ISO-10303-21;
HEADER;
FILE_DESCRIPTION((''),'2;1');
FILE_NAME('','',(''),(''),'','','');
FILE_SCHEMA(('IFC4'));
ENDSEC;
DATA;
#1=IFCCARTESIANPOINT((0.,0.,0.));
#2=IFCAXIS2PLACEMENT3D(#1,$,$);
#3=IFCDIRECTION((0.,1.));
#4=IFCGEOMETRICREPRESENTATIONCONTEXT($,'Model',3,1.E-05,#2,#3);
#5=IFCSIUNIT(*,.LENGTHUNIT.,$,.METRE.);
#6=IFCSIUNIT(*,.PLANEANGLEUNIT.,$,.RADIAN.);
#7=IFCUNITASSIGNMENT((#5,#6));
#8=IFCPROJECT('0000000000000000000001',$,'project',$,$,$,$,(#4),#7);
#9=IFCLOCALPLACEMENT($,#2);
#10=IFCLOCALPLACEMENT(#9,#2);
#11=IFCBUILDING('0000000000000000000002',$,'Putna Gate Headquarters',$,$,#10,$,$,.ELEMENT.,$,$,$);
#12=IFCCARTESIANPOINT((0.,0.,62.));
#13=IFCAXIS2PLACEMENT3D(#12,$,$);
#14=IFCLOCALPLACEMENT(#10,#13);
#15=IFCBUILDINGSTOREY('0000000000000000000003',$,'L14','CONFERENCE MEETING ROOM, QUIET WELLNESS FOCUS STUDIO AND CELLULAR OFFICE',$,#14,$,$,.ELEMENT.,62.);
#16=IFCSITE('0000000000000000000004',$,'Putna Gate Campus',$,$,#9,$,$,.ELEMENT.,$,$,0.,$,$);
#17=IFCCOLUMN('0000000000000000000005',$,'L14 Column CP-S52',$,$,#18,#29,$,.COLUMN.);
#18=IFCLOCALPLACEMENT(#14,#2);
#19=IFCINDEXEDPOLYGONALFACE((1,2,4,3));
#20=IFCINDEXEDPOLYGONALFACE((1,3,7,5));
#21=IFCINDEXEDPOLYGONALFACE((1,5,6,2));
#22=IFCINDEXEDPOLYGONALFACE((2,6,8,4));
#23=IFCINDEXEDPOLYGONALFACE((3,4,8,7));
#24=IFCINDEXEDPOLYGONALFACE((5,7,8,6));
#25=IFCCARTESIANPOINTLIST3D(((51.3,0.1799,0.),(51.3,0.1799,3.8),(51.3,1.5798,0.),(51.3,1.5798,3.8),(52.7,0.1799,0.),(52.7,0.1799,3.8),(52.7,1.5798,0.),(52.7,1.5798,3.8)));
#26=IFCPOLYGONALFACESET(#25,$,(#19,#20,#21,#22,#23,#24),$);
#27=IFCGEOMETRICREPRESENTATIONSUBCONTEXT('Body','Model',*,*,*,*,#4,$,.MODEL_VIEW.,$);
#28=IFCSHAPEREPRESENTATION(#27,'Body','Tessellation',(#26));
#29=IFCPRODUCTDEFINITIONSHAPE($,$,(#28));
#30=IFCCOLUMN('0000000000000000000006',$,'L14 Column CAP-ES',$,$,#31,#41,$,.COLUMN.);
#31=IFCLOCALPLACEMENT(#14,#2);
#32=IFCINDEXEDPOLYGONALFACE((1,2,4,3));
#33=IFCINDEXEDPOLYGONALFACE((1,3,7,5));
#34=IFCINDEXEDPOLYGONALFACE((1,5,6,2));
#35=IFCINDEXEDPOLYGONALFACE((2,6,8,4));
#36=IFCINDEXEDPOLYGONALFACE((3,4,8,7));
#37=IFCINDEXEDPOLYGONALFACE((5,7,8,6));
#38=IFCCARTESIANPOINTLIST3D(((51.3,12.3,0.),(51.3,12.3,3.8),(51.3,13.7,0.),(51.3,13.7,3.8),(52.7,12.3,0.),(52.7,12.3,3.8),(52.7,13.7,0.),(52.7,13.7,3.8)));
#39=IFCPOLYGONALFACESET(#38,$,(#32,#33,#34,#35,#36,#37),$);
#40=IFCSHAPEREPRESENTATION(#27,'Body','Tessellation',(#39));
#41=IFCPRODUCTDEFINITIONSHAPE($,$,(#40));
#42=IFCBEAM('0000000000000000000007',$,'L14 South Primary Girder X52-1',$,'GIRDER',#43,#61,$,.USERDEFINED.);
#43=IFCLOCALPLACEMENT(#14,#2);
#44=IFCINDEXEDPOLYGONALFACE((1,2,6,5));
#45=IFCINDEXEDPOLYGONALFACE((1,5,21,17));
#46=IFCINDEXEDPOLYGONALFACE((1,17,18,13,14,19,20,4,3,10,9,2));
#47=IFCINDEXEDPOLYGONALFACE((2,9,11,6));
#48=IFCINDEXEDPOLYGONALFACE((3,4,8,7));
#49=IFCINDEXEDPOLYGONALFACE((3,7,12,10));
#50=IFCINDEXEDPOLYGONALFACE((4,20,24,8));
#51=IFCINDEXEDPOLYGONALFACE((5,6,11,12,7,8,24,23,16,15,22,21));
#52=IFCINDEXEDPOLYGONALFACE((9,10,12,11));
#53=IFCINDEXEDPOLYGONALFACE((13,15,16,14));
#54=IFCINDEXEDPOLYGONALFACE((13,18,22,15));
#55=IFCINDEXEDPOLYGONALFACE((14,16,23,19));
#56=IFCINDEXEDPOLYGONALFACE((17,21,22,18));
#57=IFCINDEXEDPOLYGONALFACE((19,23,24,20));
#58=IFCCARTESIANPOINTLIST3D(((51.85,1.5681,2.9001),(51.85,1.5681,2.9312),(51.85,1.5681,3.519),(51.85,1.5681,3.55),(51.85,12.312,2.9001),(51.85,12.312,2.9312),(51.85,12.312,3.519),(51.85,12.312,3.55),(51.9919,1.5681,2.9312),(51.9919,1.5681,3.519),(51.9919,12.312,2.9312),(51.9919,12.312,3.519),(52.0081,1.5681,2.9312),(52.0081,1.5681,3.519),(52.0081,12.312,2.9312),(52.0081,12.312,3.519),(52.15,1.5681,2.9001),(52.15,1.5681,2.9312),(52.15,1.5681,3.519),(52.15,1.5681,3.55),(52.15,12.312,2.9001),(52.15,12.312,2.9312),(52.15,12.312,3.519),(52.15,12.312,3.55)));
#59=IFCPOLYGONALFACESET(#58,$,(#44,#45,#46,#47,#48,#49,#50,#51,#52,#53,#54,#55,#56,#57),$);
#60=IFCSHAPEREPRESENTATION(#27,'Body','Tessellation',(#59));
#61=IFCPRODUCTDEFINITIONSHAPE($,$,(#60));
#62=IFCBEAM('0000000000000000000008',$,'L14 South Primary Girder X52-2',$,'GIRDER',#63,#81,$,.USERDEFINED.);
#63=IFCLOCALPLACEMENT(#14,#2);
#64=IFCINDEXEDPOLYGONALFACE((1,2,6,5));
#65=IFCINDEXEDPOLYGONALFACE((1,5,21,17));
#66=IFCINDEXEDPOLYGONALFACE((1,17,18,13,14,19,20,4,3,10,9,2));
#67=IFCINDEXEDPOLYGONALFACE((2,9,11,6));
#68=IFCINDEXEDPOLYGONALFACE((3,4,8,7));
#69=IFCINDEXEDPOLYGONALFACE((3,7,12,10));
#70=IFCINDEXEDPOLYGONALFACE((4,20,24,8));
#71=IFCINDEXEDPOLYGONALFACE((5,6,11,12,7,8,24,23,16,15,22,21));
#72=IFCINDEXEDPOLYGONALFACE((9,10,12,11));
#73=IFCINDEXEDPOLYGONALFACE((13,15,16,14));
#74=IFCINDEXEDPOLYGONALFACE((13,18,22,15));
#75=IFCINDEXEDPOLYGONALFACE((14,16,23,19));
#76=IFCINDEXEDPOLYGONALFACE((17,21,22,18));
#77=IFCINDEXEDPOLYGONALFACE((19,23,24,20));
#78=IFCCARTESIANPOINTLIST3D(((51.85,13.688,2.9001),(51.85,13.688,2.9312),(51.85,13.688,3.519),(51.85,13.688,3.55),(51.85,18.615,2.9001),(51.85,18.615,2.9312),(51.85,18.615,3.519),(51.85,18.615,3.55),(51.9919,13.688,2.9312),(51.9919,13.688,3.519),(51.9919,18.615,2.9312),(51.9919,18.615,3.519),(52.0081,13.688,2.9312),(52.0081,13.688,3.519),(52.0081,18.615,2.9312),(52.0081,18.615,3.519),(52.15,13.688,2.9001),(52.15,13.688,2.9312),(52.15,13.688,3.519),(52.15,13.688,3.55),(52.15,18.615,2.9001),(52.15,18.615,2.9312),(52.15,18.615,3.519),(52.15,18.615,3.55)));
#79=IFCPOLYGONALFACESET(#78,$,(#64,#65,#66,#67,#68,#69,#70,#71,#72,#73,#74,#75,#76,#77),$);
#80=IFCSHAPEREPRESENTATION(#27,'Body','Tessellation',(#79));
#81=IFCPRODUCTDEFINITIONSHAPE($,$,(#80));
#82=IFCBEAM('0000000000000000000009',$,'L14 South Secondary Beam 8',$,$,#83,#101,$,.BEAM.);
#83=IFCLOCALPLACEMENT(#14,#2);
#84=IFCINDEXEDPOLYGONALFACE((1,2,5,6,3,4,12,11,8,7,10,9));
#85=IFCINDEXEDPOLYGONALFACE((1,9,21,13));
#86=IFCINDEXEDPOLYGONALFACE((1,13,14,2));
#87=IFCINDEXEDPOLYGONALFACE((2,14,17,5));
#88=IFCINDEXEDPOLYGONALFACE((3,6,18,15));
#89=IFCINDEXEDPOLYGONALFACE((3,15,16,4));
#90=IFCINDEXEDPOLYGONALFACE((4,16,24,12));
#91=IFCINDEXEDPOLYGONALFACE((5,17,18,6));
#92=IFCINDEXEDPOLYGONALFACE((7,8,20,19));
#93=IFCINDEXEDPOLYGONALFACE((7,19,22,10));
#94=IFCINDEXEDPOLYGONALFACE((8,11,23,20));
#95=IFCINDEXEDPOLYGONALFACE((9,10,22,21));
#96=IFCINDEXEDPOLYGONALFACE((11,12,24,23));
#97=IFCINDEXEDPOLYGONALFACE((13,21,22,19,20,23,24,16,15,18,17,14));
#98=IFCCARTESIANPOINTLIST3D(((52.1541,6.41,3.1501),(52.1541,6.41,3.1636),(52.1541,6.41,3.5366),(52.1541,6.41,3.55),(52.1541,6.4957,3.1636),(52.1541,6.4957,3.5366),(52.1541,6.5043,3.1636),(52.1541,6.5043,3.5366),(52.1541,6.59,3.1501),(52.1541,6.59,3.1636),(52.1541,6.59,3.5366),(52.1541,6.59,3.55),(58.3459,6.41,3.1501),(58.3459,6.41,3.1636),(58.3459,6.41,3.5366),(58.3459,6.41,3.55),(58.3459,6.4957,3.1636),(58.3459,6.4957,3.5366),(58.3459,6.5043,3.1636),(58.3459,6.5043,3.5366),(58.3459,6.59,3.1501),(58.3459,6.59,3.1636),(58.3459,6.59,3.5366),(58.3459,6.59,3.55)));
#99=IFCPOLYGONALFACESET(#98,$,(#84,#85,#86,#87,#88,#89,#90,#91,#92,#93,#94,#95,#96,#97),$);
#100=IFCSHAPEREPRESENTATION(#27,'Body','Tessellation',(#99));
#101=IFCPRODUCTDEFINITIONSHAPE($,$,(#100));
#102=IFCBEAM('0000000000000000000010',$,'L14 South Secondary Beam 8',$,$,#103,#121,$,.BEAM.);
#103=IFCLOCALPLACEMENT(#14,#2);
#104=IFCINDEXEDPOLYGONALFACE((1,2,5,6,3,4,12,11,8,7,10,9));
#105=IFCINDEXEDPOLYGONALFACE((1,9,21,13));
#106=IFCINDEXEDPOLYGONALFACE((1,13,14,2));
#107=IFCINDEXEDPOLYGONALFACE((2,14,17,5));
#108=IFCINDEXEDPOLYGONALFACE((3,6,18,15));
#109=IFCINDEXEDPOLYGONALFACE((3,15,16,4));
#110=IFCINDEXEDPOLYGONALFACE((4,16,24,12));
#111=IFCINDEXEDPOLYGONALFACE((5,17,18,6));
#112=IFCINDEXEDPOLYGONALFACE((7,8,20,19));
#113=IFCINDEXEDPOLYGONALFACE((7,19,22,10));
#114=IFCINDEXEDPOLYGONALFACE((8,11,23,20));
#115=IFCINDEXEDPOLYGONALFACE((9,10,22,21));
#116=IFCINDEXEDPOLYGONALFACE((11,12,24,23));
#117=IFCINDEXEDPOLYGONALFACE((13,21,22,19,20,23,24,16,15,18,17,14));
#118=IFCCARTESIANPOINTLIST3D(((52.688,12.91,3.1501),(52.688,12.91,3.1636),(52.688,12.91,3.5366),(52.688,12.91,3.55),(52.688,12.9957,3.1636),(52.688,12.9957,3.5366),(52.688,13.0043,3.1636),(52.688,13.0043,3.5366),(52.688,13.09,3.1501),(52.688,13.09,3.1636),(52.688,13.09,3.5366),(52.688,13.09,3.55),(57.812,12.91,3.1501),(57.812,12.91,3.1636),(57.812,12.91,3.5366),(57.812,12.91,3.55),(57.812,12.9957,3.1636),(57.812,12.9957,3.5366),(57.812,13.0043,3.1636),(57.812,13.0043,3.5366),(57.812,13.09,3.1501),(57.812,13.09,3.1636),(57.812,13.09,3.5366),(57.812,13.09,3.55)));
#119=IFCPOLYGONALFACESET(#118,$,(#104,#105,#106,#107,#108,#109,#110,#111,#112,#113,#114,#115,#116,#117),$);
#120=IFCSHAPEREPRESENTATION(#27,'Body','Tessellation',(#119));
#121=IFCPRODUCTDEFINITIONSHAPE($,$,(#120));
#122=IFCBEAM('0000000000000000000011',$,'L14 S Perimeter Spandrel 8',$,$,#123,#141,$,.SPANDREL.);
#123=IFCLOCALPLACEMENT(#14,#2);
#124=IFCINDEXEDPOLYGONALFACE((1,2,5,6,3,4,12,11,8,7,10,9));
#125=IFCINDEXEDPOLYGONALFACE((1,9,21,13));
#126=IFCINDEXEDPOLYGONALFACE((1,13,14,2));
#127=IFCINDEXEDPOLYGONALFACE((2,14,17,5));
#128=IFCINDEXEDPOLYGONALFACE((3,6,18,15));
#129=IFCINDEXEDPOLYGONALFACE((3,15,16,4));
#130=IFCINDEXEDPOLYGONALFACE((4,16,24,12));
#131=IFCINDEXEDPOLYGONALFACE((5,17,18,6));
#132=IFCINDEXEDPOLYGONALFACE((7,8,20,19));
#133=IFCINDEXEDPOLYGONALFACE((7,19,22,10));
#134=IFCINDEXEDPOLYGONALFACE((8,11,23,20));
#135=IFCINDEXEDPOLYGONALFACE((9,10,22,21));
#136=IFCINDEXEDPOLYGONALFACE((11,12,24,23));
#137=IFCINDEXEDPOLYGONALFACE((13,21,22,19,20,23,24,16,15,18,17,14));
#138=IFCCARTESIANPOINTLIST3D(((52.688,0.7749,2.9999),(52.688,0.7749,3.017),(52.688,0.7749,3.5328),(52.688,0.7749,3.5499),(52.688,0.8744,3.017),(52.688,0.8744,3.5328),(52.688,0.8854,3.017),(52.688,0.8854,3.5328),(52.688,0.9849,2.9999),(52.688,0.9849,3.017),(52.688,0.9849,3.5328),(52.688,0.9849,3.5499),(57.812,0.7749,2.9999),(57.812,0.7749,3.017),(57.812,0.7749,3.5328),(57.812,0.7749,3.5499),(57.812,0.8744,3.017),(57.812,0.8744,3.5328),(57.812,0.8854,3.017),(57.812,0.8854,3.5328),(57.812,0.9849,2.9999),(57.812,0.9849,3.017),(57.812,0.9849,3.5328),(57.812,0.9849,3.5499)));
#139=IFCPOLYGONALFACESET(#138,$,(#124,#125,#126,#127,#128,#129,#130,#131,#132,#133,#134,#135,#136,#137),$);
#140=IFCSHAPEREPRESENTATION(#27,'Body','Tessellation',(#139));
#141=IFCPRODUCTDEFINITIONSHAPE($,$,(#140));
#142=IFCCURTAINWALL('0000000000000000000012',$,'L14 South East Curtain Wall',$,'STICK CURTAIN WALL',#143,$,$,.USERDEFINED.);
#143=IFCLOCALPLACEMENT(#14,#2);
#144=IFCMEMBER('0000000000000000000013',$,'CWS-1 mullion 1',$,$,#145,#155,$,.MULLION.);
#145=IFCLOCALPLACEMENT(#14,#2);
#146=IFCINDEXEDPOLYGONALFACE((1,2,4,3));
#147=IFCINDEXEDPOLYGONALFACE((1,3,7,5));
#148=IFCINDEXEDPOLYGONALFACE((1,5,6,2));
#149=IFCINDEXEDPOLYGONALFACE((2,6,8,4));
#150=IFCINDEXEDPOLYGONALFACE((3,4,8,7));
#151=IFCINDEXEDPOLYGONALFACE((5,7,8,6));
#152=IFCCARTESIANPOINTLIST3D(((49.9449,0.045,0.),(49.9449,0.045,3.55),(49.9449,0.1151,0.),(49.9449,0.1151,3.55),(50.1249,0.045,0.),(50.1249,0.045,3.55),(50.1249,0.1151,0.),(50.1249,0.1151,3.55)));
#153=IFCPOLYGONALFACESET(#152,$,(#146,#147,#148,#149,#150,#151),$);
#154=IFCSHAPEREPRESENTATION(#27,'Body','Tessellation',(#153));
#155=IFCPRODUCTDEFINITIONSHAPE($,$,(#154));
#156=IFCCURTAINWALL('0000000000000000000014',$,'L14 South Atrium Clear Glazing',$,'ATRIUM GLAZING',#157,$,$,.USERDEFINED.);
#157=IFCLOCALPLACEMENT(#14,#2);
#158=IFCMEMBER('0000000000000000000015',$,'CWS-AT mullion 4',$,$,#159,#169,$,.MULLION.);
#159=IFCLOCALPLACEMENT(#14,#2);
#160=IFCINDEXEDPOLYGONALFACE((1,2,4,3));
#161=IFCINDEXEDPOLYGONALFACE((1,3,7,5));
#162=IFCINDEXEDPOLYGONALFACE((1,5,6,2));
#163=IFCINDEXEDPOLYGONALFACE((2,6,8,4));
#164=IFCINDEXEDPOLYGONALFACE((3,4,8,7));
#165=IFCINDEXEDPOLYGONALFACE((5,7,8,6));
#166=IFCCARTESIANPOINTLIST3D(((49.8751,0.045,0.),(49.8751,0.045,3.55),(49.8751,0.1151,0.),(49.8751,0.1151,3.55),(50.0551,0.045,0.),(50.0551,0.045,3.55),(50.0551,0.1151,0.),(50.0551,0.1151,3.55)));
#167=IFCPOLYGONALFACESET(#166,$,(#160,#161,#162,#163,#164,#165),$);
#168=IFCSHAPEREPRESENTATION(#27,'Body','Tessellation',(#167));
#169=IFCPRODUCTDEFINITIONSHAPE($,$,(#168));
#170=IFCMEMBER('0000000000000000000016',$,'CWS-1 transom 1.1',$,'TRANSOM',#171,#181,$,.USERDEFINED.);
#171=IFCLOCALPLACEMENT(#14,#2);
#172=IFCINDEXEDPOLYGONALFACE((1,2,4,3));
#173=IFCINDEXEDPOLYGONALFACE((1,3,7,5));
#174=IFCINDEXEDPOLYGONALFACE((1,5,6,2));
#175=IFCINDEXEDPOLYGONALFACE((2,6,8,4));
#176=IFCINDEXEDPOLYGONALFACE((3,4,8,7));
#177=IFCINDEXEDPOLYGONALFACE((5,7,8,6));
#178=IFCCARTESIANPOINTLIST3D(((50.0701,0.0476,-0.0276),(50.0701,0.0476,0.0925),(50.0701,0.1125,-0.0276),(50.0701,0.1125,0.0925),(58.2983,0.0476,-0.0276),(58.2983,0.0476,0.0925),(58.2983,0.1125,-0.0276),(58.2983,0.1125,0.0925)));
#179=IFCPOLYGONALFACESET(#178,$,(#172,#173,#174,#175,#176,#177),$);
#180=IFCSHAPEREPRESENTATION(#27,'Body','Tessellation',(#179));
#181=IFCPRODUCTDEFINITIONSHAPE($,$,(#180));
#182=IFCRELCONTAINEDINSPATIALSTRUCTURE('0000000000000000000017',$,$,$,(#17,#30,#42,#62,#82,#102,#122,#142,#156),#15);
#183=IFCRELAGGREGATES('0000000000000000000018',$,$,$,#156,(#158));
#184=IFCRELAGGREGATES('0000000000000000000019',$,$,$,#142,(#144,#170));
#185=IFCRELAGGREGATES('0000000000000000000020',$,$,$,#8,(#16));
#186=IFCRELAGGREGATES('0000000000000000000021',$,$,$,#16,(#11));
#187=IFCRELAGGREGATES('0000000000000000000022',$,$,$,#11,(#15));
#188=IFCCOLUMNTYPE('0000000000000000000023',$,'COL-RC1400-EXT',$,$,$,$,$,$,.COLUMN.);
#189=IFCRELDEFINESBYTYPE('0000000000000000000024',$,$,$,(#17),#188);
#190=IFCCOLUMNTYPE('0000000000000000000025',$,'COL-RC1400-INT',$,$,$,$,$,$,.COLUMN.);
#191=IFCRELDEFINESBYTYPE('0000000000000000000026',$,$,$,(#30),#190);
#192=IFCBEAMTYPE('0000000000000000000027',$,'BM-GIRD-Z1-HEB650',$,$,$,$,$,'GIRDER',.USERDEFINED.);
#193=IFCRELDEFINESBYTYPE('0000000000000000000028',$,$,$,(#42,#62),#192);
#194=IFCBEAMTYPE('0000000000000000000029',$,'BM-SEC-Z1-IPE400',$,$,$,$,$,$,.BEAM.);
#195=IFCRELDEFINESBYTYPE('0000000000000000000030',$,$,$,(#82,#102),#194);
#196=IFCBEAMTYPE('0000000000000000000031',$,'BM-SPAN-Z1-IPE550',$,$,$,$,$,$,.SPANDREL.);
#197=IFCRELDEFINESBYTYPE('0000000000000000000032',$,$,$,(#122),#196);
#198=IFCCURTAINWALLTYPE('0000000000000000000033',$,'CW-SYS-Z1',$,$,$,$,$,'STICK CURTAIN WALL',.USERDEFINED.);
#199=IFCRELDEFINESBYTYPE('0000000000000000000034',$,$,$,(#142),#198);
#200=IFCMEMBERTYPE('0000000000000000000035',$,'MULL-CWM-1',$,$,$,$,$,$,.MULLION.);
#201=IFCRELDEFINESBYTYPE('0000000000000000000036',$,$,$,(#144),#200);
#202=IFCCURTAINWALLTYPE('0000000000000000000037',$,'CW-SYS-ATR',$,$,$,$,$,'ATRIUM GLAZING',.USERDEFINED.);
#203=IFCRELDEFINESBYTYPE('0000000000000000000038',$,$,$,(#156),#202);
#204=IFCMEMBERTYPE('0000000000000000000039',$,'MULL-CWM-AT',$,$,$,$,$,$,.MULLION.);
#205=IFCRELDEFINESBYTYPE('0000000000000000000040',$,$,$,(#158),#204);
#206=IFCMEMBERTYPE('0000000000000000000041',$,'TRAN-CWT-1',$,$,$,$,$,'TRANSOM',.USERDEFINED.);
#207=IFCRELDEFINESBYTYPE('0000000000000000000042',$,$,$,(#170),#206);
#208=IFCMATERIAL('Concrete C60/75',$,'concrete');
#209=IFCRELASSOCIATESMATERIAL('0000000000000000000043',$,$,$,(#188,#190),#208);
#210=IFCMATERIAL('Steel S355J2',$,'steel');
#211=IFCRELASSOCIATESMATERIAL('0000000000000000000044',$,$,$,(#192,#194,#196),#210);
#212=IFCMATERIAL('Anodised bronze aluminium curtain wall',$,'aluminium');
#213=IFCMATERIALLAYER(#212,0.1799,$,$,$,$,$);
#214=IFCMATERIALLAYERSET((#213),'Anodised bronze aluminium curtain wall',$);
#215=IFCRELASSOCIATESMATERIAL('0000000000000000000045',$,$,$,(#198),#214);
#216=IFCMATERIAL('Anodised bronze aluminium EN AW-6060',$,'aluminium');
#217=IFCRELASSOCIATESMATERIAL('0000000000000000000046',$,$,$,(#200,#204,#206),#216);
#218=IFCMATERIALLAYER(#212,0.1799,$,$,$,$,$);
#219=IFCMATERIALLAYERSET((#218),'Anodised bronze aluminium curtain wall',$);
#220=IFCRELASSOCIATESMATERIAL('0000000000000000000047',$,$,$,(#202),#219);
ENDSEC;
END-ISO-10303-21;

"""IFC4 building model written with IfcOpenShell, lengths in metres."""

from ifc_helpers import new_model, si_unit, direction, frame, origin, origin_2d, place, context, subcontext, project, spatial, rectangle, i_section, extrude, material, layer, layer_set, material_profile, profile_set, type_object, element, aggregate, save


model = new_model("IFC4")

# Units and contexts
model_context = context("Model", 3, precision=1e-05, world=origin(), true_north=direction((0.0, 1.0)))
body_context = subcontext(model_context, "Body", "Model", "MODEL_VIEW")
ifc_project = project(units=[si_unit("LENGTHUNIT", "METRE"), si_unit("PLANEANGLEUNIT", "RADIAN")], contexts=[model_context])

# Site, building, storey
site_placement = place(None, origin())
site = spatial("IfcSite", under=ifc_project, at=site_placement, Name="Putna Gate Campus", CompositionType="ELEMENT", RefElevation=0.0)
building_placement = place(site_placement, origin())
building = spatial("IfcBuilding", under=site, at=building_placement, Name="Putna Gate Headquarters", CompositionType="ELEMENT")
storey_placement = place(building_placement, frame((0.0, 0.0, 62.0)))
storey = spatial("IfcBuildingStorey", under=building, at=storey_placement, Name="L14", Description="CONFERENCE MEETING ROOM, QUIET WELLNESS FOCUS STUDIO AND CELLULAR OFFICE", CompositionType="ELEMENT", Elevation=62.0)

# Columns
ifc_material_1 = material(Name="Concrete C60/75", Category="concrete")
ifc_material_profile_1 = material_profile(ifc_material_1, rectangle(XDim=1.3999, YDim=1.3999, at=origin_2d()), Name="Concrete C60/75")
ifc_profile_set_1 = profile_set([ifc_material_profile_1], Name="Concrete C60/75")
column_type_1 = type_object("IfcColumnType", Name="COL-RC1400-EXT", PredefinedType="COLUMN", material=ifc_profile_set_1)
column_1_placement = place(storey_placement, frame((52.0, 0.8799, 0.0), z_axis=(0.0, 0.0, 1.0), x_axis=(1.0, 0.0, 0.0)))
element("IfcColumn", 1, at=column_1_placement, inside=storey, type_object=column_type_1, Name="L14 Column CP-S52", PredefinedType="COLUMN", context=body_context, shape_type="SweptSolid", body=[
    extrude(rectangle(XDim=1.3999, YDim=1.3999, at=origin_2d()), origin(), (0.0, 0.0, 1.0), 3.8),
])
ifc_material_profile_2 = material_profile(ifc_material_1, rectangle(XDim=1.3999, YDim=1.3999, at=origin_2d()), Name="Concrete C60/75")
ifc_profile_set_2 = profile_set([ifc_material_profile_2], Name="Concrete C60/75")
column_type_2 = type_object("IfcColumnType", Name="COL-RC1400-INT", PredefinedType="COLUMN", material=ifc_profile_set_2)
column_2_placement = place(storey_placement, frame((52.0, 13.0, 0.0), z_axis=(0.0, 0.0, 1.0), x_axis=(1.0, 0.0, 0.0)))
element("IfcColumn", 2, at=column_2_placement, inside=storey, type_object=column_type_2, Name="L14 Column CAP-ES", PredefinedType="COLUMN", context=body_context, shape_type="SweptSolid", body=[
    extrude(rectangle(XDim=1.3999, YDim=1.3999, at=origin_2d()), origin(), (0.0, 0.0, 1.0), 3.8),
])

# Beams
ifc_material_2 = material(Name="Steel S355J2", Category="steel")
ifc_material_profile_3 = material_profile(ifc_material_2, i_section(OverallWidth=0.3, OverallDepth=0.6499, WebThickness=0.0161, FlangeThickness=0.031, at=origin_2d()), Name="Steel S355J2")
ifc_profile_set_3 = profile_set([ifc_material_profile_3], Name="Steel S355J2")
beam_type_1 = type_object("IfcBeamType", Name="BM-GIRD-Z1-HEB650", ElementType="GIRDER", PredefinedType="USERDEFINED", material=ifc_profile_set_3)
beam_1_placement = place(storey_placement, frame((52.0, 1.5681, 3.2251), z_axis=(0.0, 1.0, 0.0), x_axis=(-1.0, 0.0, 0.0)))
element("IfcBeam", 3, at=beam_1_placement, inside=storey, type_object=beam_type_1, Name="L14 South Primary Girder X52-1", ObjectType="GIRDER", PredefinedType="USERDEFINED", context=body_context, shape_type="SweptSolid", body=[
    extrude(i_section(OverallWidth=0.3, OverallDepth=0.6499, WebThickness=0.0161, FlangeThickness=0.031, at=origin_2d()), origin(), (0.0, 0.0, 1.0), 10.7439),
])
beam_2_placement = place(storey_placement, frame((52.0, 13.688, 3.2251), z_axis=(0.0, 1.0, 0.0), x_axis=(-1.0, 0.0, 0.0)))
element("IfcBeam", 4, at=beam_2_placement, inside=storey, type_object=beam_type_1, Name="L14 South Primary Girder X52-2", ObjectType="GIRDER", PredefinedType="USERDEFINED", context=body_context, shape_type="SweptSolid", body=[
    extrude(i_section(OverallWidth=0.3, OverallDepth=0.6499, WebThickness=0.0161, FlangeThickness=0.031, at=origin_2d()), origin(), (0.0, 0.0, 1.0), 4.927),
])
ifc_material_profile_4 = material_profile(ifc_material_2, i_section(OverallWidth=0.1799, OverallDepth=0.3999, WebThickness=0.0085, FlangeThickness=0.0134, at=origin_2d()), Name="Steel S355J2")
ifc_profile_set_4 = profile_set([ifc_material_profile_4], Name="Steel S355J2")
beam_type_2 = type_object("IfcBeamType", Name="BM-SEC-Z1-IPE400", PredefinedType="BEAM", material=ifc_profile_set_4)
beam_3_placement = place(storey_placement, frame((52.1541, 6.5, 3.3501), z_axis=(1.0, 0.0, 0.0), x_axis=(0.0, 1.0, 0.0)))
element("IfcBeam", 5, at=beam_3_placement, inside=storey, type_object=beam_type_2, Name="L14 South Secondary Beam 8", PredefinedType="BEAM", context=body_context, shape_type="SweptSolid", body=[
    extrude(i_section(OverallWidth=0.1799, OverallDepth=0.3999, WebThickness=0.0085, FlangeThickness=0.0134, at=origin_2d()), origin(), (0.0, 0.0, 1.0), 6.1919),
])
beam_4_placement = place(storey_placement, frame((52.688, 13.0, 3.3501), z_axis=(1.0, 0.0, 0.0), x_axis=(0.0, 1.0, 0.0)))
element("IfcBeam", 6, at=beam_4_placement, inside=storey, type_object=beam_type_2, Name="L14 South Secondary Beam 8", PredefinedType="BEAM", context=body_context, shape_type="SweptSolid", body=[
    extrude(i_section(OverallWidth=0.1799, OverallDepth=0.3999, WebThickness=0.0085, FlangeThickness=0.0134, at=origin_2d()), origin(), (0.0, 0.0, 1.0), 5.124),
])
ifc_material_profile_5 = material_profile(ifc_material_2, i_section(OverallWidth=0.21, OverallDepth=0.55, WebThickness=0.011, FlangeThickness=0.0171, at=origin_2d()), Name="Steel S355J2")
ifc_profile_set_5 = profile_set([ifc_material_profile_5], Name="Steel S355J2")
beam_type_3 = type_object("IfcBeamType", Name="BM-SPAN-Z1-IPE550", PredefinedType="SPANDREL", material=ifc_profile_set_5)
beam_5_placement = place(storey_placement, frame((52.688, 0.8799, 3.2749), z_axis=(1.0, 0.0, 0.0), x_axis=(0.0, 1.0, 0.0)))
element("IfcBeam", 7, at=beam_5_placement, inside=storey, type_object=beam_type_3, Name="L14 S Perimeter Spandrel 8", PredefinedType="SPANDREL", context=body_context, shape_type="SweptSolid", body=[
    extrude(i_section(OverallWidth=0.21, OverallDepth=0.55, WebThickness=0.011, FlangeThickness=0.0171, at=origin_2d()), origin(), (0.0, 0.0, 1.0), 5.124),
])

# Curtain walls, members
ifc_material_3 = material(Name="Anodised bronze aluminium curtain wall", Category="aluminium")
ifc_layer_1 = layer(ifc_material_3, 0.1799)
ifc_layer_set_1 = layer_set([ifc_layer_1], Name="Anodised bronze aluminium curtain wall")
curtain_wall_type_1 = type_object("IfcCurtainWallType", Name="CW-SYS-Z1", ElementType="STICK CURTAIN WALL", PredefinedType="USERDEFINED", material=ifc_layer_set_1)
curtain_wall_1_placement = place(storey_placement, origin())
curtain_wall_1 = element("IfcCurtainWall", 8, at=curtain_wall_1_placement, inside=storey, type_object=curtain_wall_type_1, Name="L14 South East Curtain Wall", ObjectType="STICK CURTAIN WALL", PredefinedType="USERDEFINED")
ifc_material_4 = material(Name="Anodised bronze aluminium EN AW-6060", Category="aluminium")
ifc_material_profile_6 = material_profile(ifc_material_4, rectangle(XDim=0.0701, YDim=0.1799, at=origin_2d()), Name="Anodised bronze aluminium EN AW-6060")
ifc_profile_set_6 = profile_set([ifc_material_profile_6], Name="Anodised bronze aluminium EN AW-6060")
member_type_1 = type_object("IfcMemberType", Name="MULL-CWM-1", PredefinedType="MULLION", material=ifc_profile_set_6)
member_1_placement = place(storey_placement, frame((50.0349, 0.0801, 0.0), z_axis=(0.0, 0.0, 1.0), x_axis=(0.0, 1.0, 0.0)))
member_1 = element("IfcMember", 9, at=member_1_placement, type_object=member_type_1, Name="CWS-1 mullion 1", PredefinedType="MULLION", context=body_context, shape_type="SweptSolid", body=[
    extrude(rectangle(XDim=0.0701, YDim=0.1799, at=origin_2d()), origin(), (0.0, 0.0, 1.0), 3.55),
])
ifc_layer_2 = layer(ifc_material_3, 0.1799)
ifc_layer_set_2 = layer_set([ifc_layer_2], Name="Anodised bronze aluminium curtain wall")
curtain_wall_type_2 = type_object("IfcCurtainWallType", Name="CW-SYS-ATR", ElementType="ATRIUM GLAZING", PredefinedType="USERDEFINED", material=ifc_layer_set_2)
curtain_wall_2_placement = place(storey_placement, origin())
curtain_wall_2 = element("IfcCurtainWall", 10, at=curtain_wall_2_placement, inside=storey, type_object=curtain_wall_type_2, Name="L14 South Atrium Clear Glazing", ObjectType="ATRIUM GLAZING", PredefinedType="USERDEFINED")
ifc_material_profile_7 = material_profile(ifc_material_4, rectangle(XDim=0.0701, YDim=0.1799, at=origin_2d()), Name="Anodised bronze aluminium EN AW-6060")
ifc_profile_set_7 = profile_set([ifc_material_profile_7], Name="Anodised bronze aluminium EN AW-6060")
member_type_2 = type_object("IfcMemberType", Name="MULL-CWM-AT", PredefinedType="MULLION", material=ifc_profile_set_7)
member_2_placement = place(storey_placement, frame((49.9651, 0.0801, 0.0), z_axis=(0.0, 0.0, 1.0), x_axis=(0.0, 1.0, 0.0)))
member_2 = element("IfcMember", 11, at=member_2_placement, type_object=member_type_2, Name="CWS-AT mullion 4", PredefinedType="MULLION", context=body_context, shape_type="SweptSolid", body=[
    extrude(rectangle(XDim=0.0701, YDim=0.1799, at=origin_2d()), origin(), (0.0, 0.0, 1.0), 3.55),
])
aggregate(curtain_wall_2, [member_2])

# Member
ifc_material_profile_8 = material_profile(ifc_material_4, rectangle(XDim=0.0649, YDim=0.1201, at=origin_2d()), Name="Anodised bronze aluminium EN AW-6060")
ifc_profile_set_8 = profile_set([ifc_material_profile_8], Name="Anodised bronze aluminium EN AW-6060")
member_type_3 = type_object("IfcMemberType", Name="TRAN-CWT-1", ElementType="TRANSOM", PredefinedType="USERDEFINED", material=ifc_profile_set_8)
member_3_placement = place(storey_placement, frame((50.0701, 0.0801, 0.0325), z_axis=(1.0, 0.0, 0.0), x_axis=(0.0, 1.0, 0.0)))
member_3 = element("IfcMember", 12, at=member_3_placement, type_object=member_type_3, Name="CWS-1 transom 1.1", ObjectType="TRANSOM", PredefinedType="USERDEFINED", context=body_context, shape_type="SweptSolid", body=[
    extrude(rectangle(XDim=0.0649, YDim=0.1201, at=origin_2d()), origin(), (0.0, 0.0, 1.0), 8.2283),
])

aggregate(curtain_wall_1, [member_1, member_3])

save(model, "model.ifc")
